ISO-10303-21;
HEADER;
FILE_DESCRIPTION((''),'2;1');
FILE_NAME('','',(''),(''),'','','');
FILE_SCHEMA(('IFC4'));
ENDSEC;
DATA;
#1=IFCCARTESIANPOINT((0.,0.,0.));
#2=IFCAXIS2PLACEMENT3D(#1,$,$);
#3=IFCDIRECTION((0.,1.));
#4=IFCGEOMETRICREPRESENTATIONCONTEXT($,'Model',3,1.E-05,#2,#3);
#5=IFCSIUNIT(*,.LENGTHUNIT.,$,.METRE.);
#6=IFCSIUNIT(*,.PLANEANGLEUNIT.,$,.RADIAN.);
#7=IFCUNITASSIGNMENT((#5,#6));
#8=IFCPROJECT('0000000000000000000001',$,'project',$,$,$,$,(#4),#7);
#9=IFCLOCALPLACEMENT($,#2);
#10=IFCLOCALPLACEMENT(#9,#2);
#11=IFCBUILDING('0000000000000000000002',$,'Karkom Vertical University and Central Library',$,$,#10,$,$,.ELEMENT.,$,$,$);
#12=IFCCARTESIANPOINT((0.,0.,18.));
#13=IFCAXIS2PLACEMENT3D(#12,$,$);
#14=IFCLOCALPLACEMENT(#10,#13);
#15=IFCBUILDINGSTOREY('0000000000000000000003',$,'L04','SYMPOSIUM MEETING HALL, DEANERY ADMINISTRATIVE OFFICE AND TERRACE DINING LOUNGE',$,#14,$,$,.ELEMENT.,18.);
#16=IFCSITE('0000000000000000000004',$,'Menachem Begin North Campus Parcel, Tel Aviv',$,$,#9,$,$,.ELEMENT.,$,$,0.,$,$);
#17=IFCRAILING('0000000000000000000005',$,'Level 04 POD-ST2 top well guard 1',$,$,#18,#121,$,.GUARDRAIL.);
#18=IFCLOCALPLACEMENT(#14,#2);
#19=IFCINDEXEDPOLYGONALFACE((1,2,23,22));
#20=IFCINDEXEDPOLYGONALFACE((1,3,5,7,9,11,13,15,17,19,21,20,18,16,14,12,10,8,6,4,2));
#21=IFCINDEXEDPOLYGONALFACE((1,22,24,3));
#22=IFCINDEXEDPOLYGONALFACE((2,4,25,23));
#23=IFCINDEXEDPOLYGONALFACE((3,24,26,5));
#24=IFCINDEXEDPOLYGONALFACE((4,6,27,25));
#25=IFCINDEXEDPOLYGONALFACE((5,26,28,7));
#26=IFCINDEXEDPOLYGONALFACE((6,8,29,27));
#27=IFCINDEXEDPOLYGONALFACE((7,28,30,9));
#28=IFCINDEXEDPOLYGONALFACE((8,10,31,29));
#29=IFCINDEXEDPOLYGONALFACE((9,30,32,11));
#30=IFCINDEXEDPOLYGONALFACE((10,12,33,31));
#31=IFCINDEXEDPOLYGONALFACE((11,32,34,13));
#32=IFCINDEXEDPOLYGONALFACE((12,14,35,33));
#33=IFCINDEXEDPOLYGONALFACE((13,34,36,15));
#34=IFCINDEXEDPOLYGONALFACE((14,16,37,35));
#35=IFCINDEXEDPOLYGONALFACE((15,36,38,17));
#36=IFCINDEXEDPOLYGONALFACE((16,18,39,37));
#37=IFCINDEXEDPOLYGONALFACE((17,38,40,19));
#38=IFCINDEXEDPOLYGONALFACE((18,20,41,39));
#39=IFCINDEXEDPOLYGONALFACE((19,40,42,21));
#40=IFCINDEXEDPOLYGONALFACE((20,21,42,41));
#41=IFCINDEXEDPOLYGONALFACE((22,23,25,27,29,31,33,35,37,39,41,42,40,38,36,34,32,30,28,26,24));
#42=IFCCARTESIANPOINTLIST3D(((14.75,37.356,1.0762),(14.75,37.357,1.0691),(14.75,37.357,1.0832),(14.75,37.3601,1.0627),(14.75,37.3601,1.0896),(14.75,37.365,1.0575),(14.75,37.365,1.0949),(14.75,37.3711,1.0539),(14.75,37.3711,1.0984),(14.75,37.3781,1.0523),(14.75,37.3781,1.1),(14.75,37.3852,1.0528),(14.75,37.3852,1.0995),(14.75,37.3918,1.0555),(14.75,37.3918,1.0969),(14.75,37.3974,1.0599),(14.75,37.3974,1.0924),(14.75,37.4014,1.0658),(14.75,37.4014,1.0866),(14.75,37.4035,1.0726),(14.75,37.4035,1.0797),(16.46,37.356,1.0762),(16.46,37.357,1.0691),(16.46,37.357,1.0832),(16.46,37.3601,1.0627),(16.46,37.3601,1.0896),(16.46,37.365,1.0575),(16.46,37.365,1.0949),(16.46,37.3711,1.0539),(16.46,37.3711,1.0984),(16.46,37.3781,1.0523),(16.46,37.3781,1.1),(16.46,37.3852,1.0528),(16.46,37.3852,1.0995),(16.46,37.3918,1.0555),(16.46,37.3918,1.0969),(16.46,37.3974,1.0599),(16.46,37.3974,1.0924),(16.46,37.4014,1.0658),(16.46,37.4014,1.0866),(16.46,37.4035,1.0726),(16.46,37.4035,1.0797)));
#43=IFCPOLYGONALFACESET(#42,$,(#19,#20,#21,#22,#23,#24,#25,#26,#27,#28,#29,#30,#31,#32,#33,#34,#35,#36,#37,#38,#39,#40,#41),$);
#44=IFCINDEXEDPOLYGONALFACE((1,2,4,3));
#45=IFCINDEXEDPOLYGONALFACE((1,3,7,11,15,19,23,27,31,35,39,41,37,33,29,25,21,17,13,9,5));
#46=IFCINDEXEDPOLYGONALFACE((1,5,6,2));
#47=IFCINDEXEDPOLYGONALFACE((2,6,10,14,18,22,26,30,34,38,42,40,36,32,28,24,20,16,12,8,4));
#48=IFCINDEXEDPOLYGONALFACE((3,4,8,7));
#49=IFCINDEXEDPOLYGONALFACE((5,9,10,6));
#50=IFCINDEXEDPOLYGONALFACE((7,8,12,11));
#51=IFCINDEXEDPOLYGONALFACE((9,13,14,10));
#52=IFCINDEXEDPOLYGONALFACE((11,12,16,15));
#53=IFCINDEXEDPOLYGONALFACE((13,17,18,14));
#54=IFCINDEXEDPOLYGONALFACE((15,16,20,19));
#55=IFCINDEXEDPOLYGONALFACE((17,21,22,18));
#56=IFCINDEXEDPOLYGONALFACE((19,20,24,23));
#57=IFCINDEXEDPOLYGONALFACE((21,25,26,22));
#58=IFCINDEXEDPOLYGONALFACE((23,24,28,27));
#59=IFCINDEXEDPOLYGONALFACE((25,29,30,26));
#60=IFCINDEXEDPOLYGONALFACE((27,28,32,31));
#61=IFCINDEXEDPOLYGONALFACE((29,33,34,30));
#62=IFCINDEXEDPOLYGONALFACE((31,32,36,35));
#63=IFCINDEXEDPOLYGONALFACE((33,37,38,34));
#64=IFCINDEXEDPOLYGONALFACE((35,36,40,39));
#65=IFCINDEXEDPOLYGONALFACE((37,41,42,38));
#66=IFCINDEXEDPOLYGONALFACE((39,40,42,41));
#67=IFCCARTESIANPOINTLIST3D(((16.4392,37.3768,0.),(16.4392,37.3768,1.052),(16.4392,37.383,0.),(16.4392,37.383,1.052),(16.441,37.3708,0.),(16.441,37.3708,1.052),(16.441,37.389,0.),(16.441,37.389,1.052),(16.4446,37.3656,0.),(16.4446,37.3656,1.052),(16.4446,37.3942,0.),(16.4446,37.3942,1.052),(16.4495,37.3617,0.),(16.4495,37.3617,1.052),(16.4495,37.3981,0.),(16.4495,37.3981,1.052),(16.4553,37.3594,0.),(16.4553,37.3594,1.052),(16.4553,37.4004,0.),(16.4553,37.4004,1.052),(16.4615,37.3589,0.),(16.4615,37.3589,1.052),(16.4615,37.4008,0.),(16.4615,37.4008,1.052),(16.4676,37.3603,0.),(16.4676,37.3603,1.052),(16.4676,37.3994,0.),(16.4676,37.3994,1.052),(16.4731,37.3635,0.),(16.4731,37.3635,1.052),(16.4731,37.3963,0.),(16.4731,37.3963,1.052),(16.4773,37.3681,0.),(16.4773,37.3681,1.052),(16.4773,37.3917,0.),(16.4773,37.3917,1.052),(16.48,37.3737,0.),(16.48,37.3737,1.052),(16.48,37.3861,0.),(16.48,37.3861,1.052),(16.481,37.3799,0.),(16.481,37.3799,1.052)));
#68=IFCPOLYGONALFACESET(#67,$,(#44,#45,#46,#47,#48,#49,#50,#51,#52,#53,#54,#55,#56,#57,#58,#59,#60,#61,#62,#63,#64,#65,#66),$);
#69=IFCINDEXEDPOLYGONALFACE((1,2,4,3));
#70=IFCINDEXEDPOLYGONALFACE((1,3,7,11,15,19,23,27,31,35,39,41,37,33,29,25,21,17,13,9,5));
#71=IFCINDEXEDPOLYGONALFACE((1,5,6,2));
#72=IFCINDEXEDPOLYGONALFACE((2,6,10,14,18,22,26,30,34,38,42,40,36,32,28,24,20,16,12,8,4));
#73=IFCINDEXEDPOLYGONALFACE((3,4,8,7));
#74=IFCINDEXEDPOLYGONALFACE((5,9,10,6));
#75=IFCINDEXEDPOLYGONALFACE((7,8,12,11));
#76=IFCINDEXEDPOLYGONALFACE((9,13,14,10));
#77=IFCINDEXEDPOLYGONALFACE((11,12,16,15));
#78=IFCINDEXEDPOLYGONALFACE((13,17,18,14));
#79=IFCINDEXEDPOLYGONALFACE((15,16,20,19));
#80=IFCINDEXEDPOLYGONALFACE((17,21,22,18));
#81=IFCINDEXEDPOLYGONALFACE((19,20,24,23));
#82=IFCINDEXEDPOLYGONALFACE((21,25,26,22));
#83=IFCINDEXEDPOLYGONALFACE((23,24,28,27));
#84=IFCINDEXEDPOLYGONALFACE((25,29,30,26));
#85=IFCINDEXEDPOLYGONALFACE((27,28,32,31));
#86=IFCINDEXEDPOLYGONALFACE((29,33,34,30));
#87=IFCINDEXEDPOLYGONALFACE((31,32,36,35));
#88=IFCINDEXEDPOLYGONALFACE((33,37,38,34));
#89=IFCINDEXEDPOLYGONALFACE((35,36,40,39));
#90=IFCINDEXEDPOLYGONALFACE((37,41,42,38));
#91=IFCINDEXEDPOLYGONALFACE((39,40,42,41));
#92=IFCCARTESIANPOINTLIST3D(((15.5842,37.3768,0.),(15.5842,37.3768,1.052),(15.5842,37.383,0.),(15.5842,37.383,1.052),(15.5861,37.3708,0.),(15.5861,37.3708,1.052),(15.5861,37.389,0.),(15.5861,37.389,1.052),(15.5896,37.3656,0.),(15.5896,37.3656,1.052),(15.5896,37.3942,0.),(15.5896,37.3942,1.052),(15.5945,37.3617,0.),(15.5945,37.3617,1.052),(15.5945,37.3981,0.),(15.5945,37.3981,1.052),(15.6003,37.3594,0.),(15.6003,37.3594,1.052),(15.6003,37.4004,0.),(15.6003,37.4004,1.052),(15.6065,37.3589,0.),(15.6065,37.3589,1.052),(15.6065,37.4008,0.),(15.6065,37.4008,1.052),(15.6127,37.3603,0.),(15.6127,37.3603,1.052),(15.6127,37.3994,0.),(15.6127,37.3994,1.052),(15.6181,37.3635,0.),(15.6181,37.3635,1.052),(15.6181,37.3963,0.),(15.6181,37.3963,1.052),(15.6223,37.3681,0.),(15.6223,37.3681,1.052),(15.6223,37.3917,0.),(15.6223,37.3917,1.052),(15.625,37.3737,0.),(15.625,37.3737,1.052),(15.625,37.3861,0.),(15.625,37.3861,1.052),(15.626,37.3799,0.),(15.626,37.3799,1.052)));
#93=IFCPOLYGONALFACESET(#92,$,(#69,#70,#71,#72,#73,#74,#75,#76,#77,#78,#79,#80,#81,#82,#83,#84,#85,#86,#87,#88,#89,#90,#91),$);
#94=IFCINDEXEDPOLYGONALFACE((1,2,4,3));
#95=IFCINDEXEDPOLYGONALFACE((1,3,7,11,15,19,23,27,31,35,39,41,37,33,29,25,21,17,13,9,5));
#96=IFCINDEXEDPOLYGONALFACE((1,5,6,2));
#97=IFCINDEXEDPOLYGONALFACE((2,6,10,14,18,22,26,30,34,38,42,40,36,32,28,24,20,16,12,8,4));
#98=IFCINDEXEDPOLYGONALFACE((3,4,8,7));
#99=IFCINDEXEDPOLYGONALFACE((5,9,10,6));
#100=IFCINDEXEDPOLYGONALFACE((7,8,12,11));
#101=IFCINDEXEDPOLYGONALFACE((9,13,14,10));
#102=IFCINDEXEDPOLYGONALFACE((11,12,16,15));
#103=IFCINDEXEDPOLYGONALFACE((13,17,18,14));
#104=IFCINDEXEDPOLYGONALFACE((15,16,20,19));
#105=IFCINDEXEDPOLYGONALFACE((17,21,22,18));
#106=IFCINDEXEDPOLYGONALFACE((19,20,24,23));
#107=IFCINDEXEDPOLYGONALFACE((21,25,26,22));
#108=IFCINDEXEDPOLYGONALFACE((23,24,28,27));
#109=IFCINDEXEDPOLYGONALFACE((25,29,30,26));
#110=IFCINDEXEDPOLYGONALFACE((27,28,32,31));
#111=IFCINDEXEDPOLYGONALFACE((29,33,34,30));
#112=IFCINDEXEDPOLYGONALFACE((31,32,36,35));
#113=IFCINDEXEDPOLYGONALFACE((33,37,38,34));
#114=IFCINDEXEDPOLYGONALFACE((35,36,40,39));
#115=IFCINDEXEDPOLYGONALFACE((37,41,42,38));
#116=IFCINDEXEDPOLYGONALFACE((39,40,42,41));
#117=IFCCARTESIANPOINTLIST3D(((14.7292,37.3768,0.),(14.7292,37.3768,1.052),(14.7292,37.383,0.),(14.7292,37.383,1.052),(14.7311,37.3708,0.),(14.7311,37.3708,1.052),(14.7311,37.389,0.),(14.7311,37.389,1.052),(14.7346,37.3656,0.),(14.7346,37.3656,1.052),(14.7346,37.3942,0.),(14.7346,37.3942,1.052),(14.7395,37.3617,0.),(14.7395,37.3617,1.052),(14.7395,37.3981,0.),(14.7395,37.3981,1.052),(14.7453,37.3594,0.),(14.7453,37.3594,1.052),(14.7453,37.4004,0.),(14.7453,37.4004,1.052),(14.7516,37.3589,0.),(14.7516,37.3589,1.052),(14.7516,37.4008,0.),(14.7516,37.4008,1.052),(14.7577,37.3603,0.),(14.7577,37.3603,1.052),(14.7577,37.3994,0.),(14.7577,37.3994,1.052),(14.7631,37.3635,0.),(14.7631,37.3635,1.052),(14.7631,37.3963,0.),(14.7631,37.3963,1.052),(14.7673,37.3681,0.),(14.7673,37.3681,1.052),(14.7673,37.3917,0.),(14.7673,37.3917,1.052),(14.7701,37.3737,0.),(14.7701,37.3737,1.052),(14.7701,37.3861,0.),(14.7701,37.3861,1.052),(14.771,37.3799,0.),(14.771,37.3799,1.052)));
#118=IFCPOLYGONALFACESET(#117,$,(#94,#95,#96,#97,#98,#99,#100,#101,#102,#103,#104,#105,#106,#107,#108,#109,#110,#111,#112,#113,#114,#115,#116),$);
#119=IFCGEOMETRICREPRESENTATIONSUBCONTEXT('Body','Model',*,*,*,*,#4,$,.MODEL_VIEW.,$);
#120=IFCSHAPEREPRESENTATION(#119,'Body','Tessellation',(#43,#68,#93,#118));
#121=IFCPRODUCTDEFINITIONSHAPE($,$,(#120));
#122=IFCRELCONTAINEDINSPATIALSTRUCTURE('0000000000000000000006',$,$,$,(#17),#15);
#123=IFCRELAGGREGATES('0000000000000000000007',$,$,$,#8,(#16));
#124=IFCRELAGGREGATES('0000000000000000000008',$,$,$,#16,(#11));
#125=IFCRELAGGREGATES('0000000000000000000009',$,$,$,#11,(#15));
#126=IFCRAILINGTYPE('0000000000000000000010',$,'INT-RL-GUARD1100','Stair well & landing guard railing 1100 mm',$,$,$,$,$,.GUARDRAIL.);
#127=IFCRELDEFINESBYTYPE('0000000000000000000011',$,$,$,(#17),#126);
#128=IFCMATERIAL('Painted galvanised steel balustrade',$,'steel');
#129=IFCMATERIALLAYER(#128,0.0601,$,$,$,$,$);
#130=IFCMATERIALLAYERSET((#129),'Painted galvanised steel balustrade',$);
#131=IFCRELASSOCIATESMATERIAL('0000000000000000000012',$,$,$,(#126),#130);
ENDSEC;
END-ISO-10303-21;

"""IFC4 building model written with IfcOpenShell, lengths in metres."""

from ifc_helpers import new_model, si_unit, direction, frame, origin, origin_2d, place, context, subcontext, project, spatial, circle, extrude, material, layer, layer_set, type_object, element, save


model = new_model("IFC4")

# Units and contexts
model_context = context("Model", 3, precision=1e-05, world=origin(), true_north=direction((0.0, 1.0)))
body_context = subcontext(model_context, "Body", "Model", "MODEL_VIEW")
ifc_project = project(units=[si_unit("LENGTHUNIT", "METRE"), si_unit("PLANEANGLEUNIT", "RADIAN")], contexts=[model_context])

# Site, building, storey
site_placement = place(None, origin())
site = spatial("IfcSite", under=ifc_project, at=site_placement, Name="Menachem Begin North Campus Parcel, Tel Aviv", CompositionType="ELEMENT", RefElevation=0.0)
building_placement = place(site_placement, origin())
building = spatial("IfcBuilding", under=site, at=building_placement, Name="Karkom Vertical University and Central Library", CompositionType="ELEMENT")
storey_placement = place(building_placement, frame((0.0, 0.0, 18.0)))
storey = spatial("IfcBuildingStorey", under=building, at=storey_placement, Name="L04", Description="SYMPOSIUM MEETING HALL, DEANERY ADMINISTRATIVE OFFICE AND TERRACE DINING LOUNGE", CompositionType="ELEMENT", Elevation=18.0)

# Railing
ifc_material_1 = material(Name="Painted galvanised steel balustrade", Category="steel")
ifc_layer_1 = layer(ifc_material_1, 0.0601)
ifc_layer_set_1 = layer_set([ifc_layer_1], Name="Painted galvanised steel balustrade")
railing_type = type_object("IfcRailingType", Name="INT-RL-GUARD1100", Description="Stair well & landing guard railing 1100 mm", PredefinedType="GUARDRAIL", material=ifc_layer_set_1)
railing_placement = place(storey_placement, frame((16.46, 37.3799, 0.0)))
element("IfcRailing", 1, at=railing_placement, inside=storey, type_object=railing_type, Name="Level 04 POD-ST2 top well guard 1", PredefinedType="GUARDRAIL", context=body_context, shape_type="SweptSolid", body=[
    extrude(circle(Radius=0.0239, at=origin_2d()), frame((0.0, 0.0, 1.0762), z_axis=(-1.0, 0.0, 0.0), x_axis=(0.0, -1.0, 0.0)), (0.0, 0.0, 1.0), 1.71),
    extrude(circle(Radius=0.021, at=origin_2d()), origin(), (0.0, 0.0, 1.0), 1.052),
    extrude(circle(Radius=0.021, at=origin_2d()), frame((-0.855, 0.0, 0.0)), (0.0, 0.0, 1.0), 1.052),
    extrude(circle(Radius=0.021, at=origin_2d()), frame((-1.71, 0.0, 0.0)), (0.0, 0.0, 1.0), 1.052),
])

save(model, "model.ifc")
